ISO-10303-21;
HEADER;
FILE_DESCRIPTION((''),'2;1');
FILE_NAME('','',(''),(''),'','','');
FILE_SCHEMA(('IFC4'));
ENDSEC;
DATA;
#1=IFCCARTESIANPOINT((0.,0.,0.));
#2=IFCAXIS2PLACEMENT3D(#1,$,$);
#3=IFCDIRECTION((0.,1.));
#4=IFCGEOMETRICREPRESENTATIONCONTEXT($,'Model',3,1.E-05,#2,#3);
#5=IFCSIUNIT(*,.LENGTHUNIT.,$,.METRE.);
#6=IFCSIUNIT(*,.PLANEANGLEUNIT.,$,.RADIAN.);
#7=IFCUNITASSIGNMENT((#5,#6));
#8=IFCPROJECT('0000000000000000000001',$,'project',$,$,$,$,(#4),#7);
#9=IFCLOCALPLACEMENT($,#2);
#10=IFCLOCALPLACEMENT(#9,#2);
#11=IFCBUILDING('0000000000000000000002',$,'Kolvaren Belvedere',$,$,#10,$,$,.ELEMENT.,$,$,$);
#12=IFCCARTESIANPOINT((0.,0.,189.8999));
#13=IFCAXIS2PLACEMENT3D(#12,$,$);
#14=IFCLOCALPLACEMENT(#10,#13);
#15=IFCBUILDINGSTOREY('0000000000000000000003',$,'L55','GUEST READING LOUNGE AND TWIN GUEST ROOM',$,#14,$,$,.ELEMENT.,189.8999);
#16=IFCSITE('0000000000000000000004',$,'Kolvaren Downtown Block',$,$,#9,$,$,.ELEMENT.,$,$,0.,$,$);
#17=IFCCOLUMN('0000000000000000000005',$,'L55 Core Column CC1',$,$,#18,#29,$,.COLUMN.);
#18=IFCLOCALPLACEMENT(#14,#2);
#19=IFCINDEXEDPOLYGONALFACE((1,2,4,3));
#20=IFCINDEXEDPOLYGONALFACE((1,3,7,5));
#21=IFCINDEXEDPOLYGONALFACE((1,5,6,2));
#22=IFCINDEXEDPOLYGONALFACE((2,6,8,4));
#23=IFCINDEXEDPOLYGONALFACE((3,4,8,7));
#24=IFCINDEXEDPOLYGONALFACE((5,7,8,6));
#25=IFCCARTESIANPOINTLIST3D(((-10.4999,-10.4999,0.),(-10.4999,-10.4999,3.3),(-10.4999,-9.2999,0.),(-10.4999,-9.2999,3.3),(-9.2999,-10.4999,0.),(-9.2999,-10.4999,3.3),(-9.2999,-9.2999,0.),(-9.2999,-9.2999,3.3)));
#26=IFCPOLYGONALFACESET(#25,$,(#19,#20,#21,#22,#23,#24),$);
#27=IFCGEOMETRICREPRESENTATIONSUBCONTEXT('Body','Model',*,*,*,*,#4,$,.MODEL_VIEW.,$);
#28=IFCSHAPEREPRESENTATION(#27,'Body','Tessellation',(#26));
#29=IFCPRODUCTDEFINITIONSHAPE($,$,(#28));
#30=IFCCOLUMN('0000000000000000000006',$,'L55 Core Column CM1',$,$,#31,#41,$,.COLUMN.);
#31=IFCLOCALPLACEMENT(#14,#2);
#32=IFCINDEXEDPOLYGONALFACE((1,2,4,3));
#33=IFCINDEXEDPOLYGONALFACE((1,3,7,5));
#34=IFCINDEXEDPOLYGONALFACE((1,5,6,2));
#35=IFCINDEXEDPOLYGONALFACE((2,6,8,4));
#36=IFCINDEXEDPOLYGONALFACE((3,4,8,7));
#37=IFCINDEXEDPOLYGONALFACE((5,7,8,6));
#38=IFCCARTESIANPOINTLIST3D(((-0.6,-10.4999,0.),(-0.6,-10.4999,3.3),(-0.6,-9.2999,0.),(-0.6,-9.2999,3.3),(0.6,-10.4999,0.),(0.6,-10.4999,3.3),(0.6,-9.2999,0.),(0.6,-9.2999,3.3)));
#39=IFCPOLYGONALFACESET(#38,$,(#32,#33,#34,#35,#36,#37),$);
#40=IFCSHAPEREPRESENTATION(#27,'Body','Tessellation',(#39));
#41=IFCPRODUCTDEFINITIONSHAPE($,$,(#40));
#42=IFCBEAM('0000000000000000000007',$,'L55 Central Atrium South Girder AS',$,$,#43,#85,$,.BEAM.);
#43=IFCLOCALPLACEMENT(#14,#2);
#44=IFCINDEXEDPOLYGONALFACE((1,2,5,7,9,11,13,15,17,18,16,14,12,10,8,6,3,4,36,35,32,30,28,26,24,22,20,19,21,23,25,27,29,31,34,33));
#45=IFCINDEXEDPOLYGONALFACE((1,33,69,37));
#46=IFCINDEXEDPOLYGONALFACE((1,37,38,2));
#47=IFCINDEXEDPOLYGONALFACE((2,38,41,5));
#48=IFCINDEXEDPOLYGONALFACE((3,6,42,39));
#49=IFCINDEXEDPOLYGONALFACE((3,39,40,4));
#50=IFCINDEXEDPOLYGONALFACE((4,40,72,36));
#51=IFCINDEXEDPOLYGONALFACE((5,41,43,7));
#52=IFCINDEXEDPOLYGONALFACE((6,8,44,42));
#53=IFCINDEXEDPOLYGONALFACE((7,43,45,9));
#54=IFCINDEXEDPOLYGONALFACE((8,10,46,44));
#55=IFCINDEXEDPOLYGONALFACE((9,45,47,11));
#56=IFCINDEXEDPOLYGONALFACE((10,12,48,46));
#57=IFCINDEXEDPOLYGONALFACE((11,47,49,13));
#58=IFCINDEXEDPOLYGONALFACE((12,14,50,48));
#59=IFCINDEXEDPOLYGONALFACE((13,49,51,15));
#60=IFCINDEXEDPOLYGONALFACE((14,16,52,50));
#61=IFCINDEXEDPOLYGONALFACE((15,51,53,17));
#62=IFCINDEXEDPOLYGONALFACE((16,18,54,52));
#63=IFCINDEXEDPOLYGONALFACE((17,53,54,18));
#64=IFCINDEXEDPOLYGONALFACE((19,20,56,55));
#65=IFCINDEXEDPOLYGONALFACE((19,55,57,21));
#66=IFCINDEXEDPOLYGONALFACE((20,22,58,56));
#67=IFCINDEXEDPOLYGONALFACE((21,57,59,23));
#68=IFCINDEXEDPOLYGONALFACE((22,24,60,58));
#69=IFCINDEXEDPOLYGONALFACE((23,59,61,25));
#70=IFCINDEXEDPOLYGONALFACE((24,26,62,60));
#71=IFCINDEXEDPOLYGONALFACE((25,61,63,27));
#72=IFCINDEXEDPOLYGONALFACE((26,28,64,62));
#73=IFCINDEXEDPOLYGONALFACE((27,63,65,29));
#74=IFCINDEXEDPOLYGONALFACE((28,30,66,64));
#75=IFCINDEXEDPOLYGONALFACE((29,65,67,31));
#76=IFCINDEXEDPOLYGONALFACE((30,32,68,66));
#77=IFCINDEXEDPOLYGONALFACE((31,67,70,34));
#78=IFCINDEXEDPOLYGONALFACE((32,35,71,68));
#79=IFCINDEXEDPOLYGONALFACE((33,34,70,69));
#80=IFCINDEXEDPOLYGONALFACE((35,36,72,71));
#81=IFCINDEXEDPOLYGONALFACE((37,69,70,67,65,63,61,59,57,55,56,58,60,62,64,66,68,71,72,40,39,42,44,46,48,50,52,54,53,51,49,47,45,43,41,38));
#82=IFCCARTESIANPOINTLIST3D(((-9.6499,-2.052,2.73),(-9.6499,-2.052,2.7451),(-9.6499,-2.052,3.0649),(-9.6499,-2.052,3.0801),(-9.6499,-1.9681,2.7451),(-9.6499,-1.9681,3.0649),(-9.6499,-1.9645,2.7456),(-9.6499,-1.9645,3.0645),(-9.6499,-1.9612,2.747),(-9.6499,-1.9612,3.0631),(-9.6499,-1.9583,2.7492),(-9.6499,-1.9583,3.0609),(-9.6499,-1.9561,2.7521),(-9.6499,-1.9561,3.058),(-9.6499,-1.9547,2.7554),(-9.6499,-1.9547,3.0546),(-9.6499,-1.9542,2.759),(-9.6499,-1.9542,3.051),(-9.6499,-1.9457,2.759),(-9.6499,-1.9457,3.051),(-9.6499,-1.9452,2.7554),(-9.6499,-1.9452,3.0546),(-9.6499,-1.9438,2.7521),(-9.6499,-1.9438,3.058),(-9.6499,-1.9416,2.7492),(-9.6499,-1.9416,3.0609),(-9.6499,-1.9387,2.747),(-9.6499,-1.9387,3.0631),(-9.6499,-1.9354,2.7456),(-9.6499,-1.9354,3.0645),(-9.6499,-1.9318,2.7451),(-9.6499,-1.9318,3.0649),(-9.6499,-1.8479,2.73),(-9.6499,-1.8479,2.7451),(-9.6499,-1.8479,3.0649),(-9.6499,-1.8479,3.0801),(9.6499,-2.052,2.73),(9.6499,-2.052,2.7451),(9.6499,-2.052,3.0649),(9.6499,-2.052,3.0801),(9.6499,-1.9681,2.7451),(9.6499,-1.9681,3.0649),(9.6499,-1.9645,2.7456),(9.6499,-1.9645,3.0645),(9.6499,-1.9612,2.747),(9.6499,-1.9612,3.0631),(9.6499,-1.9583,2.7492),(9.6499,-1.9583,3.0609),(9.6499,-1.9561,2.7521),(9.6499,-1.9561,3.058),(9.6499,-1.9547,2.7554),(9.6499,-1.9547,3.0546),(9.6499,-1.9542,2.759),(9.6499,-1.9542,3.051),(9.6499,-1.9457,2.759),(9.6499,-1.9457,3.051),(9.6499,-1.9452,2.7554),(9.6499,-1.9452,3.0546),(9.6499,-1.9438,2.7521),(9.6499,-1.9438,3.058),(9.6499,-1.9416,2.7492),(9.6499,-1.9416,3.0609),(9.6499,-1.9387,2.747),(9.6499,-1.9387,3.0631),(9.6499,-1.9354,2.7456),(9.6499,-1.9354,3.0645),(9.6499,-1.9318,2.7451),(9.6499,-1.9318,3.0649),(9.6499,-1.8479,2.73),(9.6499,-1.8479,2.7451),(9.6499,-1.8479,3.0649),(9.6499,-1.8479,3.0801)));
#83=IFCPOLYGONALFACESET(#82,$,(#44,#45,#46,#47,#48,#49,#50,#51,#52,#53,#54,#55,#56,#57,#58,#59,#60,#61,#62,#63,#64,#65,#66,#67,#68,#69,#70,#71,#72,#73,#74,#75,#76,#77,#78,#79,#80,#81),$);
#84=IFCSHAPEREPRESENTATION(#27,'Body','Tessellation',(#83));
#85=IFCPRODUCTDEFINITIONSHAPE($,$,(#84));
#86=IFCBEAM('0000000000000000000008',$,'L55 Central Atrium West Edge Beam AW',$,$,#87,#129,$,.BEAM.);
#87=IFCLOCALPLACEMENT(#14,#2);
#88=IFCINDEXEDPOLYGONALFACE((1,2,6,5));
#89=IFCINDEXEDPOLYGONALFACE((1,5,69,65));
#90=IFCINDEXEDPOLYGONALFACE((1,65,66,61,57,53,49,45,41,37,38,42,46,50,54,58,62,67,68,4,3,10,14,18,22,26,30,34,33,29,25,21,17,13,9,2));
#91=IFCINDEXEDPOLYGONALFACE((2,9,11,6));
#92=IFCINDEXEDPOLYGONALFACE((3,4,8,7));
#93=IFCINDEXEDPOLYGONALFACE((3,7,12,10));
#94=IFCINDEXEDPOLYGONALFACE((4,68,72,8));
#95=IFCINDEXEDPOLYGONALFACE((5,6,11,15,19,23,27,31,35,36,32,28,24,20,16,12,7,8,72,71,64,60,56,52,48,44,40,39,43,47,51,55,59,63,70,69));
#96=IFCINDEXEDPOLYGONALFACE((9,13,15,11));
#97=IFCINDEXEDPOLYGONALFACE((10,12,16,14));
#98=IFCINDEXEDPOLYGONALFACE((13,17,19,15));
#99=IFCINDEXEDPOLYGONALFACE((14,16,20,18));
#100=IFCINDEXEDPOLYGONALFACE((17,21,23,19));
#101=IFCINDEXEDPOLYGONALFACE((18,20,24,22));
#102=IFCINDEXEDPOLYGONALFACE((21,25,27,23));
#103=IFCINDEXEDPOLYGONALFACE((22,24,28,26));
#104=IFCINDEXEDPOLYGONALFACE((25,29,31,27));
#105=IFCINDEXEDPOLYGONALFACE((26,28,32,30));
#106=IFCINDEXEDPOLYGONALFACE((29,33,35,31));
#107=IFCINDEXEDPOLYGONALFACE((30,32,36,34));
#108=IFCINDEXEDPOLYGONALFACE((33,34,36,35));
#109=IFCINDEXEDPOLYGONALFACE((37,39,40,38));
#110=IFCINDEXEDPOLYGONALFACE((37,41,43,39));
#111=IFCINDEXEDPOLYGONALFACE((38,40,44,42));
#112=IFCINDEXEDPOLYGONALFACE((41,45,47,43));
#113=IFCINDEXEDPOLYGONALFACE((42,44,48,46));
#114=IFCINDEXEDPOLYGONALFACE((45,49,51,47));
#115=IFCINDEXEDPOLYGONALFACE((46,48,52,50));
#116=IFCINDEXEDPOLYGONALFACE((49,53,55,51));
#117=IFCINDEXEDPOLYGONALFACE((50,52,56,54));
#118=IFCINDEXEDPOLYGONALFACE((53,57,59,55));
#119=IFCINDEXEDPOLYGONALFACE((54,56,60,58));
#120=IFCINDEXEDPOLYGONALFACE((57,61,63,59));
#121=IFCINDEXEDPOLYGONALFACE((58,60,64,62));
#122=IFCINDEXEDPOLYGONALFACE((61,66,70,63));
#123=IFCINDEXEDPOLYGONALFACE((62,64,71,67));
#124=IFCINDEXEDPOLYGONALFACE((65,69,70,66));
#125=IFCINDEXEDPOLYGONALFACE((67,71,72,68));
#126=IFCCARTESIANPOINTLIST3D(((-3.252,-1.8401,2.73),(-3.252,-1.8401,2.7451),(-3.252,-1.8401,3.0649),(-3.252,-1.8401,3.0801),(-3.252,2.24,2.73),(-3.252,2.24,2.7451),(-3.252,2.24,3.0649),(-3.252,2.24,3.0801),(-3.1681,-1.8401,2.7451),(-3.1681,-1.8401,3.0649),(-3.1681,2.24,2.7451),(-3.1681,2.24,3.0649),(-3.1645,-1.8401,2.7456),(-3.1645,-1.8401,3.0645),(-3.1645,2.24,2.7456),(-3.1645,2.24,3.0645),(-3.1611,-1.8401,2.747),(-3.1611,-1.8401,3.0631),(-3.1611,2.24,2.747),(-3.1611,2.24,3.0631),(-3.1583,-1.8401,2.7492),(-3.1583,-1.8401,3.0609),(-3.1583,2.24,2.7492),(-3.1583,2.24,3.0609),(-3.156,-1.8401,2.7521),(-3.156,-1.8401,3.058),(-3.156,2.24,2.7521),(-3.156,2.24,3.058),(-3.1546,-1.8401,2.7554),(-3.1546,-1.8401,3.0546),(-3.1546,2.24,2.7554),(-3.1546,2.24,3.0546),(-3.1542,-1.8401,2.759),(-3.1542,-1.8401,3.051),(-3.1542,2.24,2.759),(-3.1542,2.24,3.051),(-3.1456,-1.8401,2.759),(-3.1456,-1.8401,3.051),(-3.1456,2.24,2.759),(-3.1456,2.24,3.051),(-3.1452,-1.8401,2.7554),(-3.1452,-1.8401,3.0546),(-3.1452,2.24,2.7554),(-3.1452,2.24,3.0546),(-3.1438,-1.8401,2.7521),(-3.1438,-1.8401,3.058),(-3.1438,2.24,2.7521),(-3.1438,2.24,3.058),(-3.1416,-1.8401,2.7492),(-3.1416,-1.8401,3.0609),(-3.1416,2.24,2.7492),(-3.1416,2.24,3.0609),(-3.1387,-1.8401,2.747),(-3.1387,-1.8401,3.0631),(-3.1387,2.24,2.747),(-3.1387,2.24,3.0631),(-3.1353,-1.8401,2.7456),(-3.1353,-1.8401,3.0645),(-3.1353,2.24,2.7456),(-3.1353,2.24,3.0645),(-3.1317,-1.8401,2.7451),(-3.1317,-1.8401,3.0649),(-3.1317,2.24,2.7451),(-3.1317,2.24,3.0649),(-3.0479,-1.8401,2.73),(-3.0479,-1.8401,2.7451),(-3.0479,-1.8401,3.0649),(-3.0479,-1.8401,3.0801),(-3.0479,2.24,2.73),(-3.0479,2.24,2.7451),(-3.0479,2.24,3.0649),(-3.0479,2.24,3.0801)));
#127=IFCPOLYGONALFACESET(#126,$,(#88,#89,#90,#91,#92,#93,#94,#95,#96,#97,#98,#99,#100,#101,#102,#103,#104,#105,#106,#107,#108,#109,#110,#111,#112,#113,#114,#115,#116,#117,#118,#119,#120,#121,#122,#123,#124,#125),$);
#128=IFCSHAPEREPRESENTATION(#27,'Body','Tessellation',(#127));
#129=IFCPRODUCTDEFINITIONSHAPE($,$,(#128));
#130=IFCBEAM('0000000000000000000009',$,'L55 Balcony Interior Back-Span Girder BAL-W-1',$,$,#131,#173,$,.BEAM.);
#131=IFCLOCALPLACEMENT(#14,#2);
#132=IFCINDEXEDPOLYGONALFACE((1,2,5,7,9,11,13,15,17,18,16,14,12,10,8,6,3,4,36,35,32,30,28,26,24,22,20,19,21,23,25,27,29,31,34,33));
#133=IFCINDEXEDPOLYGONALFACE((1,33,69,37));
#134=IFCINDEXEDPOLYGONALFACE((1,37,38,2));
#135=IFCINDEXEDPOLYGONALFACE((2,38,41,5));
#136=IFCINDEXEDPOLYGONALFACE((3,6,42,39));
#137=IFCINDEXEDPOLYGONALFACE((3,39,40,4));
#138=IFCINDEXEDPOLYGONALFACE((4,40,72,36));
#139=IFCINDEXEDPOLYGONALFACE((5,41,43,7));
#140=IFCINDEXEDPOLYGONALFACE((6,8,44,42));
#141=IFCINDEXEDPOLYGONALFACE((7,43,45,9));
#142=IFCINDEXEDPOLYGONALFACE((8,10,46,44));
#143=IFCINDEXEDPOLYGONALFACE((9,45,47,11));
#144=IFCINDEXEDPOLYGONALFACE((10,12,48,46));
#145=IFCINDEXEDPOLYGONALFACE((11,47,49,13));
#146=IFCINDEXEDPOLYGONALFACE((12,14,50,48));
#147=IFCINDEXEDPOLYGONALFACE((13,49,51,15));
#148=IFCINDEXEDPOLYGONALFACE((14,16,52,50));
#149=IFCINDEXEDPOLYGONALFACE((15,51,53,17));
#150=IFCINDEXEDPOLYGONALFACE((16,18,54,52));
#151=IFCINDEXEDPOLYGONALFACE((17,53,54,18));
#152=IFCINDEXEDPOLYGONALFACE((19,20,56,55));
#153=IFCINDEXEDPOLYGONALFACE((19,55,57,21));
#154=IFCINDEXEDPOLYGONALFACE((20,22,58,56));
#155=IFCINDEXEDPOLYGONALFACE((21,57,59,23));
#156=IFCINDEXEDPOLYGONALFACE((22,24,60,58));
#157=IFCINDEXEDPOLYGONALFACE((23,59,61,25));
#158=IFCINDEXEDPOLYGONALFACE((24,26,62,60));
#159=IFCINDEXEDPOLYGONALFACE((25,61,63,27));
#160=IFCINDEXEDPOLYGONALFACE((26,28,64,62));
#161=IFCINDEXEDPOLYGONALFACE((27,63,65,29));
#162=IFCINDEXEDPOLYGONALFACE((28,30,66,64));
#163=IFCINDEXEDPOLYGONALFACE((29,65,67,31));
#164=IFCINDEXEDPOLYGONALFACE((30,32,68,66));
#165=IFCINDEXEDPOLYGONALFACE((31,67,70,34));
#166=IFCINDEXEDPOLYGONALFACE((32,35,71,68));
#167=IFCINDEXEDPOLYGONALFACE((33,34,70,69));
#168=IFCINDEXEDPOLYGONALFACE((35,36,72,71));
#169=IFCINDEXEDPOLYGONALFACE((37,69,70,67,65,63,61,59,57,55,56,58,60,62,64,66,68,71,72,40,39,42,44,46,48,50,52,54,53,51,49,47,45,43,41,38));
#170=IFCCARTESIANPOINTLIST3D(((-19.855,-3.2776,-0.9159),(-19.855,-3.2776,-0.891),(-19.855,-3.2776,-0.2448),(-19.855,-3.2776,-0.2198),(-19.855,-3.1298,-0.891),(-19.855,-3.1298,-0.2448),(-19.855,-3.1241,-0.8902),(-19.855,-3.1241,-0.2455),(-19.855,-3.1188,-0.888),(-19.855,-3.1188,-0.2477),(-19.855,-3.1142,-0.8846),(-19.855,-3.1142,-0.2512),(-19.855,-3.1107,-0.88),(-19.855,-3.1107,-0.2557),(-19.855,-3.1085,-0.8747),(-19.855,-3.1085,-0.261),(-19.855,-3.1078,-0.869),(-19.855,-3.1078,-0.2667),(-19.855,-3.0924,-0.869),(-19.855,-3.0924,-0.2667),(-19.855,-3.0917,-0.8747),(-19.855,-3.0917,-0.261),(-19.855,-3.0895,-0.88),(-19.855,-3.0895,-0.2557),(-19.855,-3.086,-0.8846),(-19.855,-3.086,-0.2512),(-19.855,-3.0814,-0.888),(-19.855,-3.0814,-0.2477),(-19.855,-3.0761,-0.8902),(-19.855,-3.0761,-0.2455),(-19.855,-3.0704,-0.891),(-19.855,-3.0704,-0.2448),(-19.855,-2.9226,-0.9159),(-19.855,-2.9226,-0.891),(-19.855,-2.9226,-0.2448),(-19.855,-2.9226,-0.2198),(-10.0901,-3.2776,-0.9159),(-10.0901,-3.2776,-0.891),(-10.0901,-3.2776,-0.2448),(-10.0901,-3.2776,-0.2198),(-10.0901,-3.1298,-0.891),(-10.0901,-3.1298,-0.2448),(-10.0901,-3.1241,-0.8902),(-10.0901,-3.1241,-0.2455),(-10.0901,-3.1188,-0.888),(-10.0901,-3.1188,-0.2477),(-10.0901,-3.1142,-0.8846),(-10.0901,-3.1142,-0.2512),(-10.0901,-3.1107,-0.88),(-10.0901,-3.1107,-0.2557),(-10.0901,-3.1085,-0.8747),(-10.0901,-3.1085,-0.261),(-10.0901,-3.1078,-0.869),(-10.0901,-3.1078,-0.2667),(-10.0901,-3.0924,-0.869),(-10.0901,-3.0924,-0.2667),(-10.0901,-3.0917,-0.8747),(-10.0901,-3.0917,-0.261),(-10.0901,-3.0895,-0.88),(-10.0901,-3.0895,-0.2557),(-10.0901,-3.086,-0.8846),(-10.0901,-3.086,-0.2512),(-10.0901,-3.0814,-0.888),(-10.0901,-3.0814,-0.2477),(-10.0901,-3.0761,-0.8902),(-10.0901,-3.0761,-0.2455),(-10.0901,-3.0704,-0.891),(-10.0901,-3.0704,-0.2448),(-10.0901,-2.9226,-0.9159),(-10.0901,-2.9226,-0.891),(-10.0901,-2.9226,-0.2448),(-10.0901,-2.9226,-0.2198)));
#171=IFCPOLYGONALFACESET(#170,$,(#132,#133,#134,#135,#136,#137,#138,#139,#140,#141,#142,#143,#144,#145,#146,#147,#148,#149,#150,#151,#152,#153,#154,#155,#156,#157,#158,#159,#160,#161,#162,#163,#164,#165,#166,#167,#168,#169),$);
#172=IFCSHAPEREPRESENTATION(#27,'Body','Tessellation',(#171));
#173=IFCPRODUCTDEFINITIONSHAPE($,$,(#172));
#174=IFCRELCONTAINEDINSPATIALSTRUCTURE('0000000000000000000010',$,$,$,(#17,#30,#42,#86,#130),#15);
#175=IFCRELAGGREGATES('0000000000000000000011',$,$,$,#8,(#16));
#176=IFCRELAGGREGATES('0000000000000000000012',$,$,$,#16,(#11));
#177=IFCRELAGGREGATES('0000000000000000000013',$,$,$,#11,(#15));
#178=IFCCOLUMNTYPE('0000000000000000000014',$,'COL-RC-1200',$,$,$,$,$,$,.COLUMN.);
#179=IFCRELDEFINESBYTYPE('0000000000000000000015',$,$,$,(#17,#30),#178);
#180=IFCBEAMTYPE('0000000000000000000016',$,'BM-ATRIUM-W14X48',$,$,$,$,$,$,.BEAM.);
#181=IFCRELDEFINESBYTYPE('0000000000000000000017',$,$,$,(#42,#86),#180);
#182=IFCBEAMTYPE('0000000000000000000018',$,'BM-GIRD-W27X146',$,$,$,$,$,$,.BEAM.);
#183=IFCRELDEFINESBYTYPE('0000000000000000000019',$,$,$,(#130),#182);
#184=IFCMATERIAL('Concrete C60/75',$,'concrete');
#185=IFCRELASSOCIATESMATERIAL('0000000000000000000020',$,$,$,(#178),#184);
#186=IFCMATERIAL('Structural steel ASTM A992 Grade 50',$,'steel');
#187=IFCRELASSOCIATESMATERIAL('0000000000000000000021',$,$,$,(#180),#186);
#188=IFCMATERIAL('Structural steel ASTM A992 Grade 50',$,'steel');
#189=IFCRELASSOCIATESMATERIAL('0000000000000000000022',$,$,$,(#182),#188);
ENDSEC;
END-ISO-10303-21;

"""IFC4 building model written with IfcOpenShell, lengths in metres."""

from ifc_helpers import new_model, si_unit, direction, frame, origin, origin_2d, place, context, subcontext, project, spatial, rectangle, i_section, extrude, material, material_profile, profile_set, type_object, element, save


model = new_model("IFC4")

# Units and contexts
model_context = context("Model", 3, precision=1e-05, world=origin(), true_north=direction((0.0, 1.0)))
body_context = subcontext(model_context, "Body", "Model", "MODEL_VIEW")
ifc_project = project(units=[si_unit("LENGTHUNIT", "METRE"), si_unit("PLANEANGLEUNIT", "RADIAN")], contexts=[model_context])

# Site, building, storey
site_placement = place(None, origin())
site = spatial("IfcSite", under=ifc_project, at=site_placement, Name="Kolvaren Downtown Block", CompositionType="ELEMENT", RefElevation=0.0)
building_placement = place(site_placement, origin())
building = spatial("IfcBuilding", under=site, at=building_placement, Name="Kolvaren Belvedere", CompositionType="ELEMENT")
storey_placement = place(building_placement, frame((0.0, 0.0, 189.8999)))
storey = spatial("IfcBuildingStorey", under=building, at=storey_placement, Name="L55", Description="GUEST READING LOUNGE AND TWIN GUEST ROOM", CompositionType="ELEMENT", Elevation=189.8999)

# Columns
ifc_material_1 = material(Name="Concrete C60/75", Category="concrete")
ifc_material_profile_1 = material_profile(ifc_material_1, rectangle(XDim=1.2, YDim=1.2, at=origin_2d()), Name="RC 1200X1200")
ifc_profile_set_1 = profile_set([ifc_material_profile_1], Name="Concrete C60/75")
column_type = type_object("IfcColumnType", Name="COL-RC-1200", PredefinedType="COLUMN", material=ifc_profile_set_1)
for number, where, z_axis, x_axis, name in (
    (1, (-9.8999, -9.8999, 0.0), (0.0, 0.0, 1.0), (1.0, 0.0, 0.0), "L55 Core Column CC1"),
    (2, (0.0, -9.8999, 0.0), (0.0, 0.0, 1.0), (1.0, 0.0, 0.0), "L55 Core Column CM1"),
):
    element("IfcColumn", number, at=place(storey_placement, frame(where, z_axis=z_axis, x_axis=x_axis)), inside=storey, type_object=column_type, Name=name, PredefinedType="COLUMN", context=body_context, shape_type="SweptSolid", body=[
        extrude(rectangle(XDim=1.2, YDim=1.2, at=origin_2d()), origin(), (0.0, 0.0, 1.0), 3.3),
    ])

# Beams
ifc_material_2 = material(Name="Structural steel ASTM A992 Grade 50", Category="steel")
ifc_material_profile_2 = material_profile(ifc_material_2, i_section(OverallWidth=0.2041, OverallDepth=0.3501, WebThickness=0.0085, FlangeThickness=0.0151, FilletRadius=0.0139, at=origin_2d()), Name="W14X48")
ifc_profile_set_2 = profile_set([ifc_material_profile_2], Name="Structural steel ASTM A992 Grade 50")
beam_type_1 = type_object("IfcBeamType", Name="BM-ATRIUM-W14X48", PredefinedType="BEAM", material=ifc_profile_set_2)
beam_1_placement = place(storey_placement, frame((-9.6499, -1.95, 2.905), z_axis=(1.0, 0.0, 0.0), x_axis=(0.0, 1.0, 0.0)))
element("IfcBeam", 3, at=beam_1_placement, inside=storey, type_object=beam_type_1, Name="L55 Central Atrium South Girder AS", PredefinedType="BEAM", context=body_context, shape_type="SweptSolid", body=[
    extrude(i_section(OverallWidth=0.2041, OverallDepth=0.3501, WebThickness=0.0085, FlangeThickness=0.0151, FilletRadius=0.0139, at=origin_2d()), origin(), (0.0, 0.0, 1.0), 19.2998),
])
beam_2_placement = place(storey_placement, frame((-3.1499, -1.8401, 2.905), z_axis=(0.0, 1.0, 0.0), x_axis=(-1.0, 0.0, 0.0)))
element("IfcBeam", 4, at=beam_2_placement, inside=storey, type_object=beam_type_1, Name="L55 Central Atrium West Edge Beam AW", PredefinedType="BEAM", context=body_context, shape_type="SweptSolid", body=[
    extrude(i_section(OverallWidth=0.2041, OverallDepth=0.3501, WebThickness=0.0085, FlangeThickness=0.0151, FilletRadius=0.0139, at=origin_2d()), origin(), (0.0, 0.0, 1.0), 4.0801),
])
ifc_material_3 = material(Name="Structural steel ASTM A992 Grade 50", Category="steel")
ifc_material_profile_3 = material_profile(ifc_material_3, i_section(OverallWidth=0.355, OverallDepth=0.696, WebThickness=0.0154, FlangeThickness=0.0249, FilletRadius=0.022, at=origin_2d()), Name="W27X146")
ifc_profile_set_3 = profile_set([ifc_material_profile_3], Name="Structural steel ASTM A992 Grade 50")
beam_type_2 = type_object("IfcBeamType", Name="BM-GIRD-W27X146", PredefinedType="BEAM", material=ifc_profile_set_3)
beam_3_placement = place(storey_placement, frame((-10.0901, -3.1001, -0.5679), z_axis=(-1.0, 0.0, 0.0), x_axis=(0.0, -1.0, 0.0)))
element("IfcBeam", 5, at=beam_3_placement, inside=storey, type_object=beam_type_2, Name="L55 Balcony Interior Back-Span Girder BAL-W-1", PredefinedType="BEAM", context=body_context, shape_type="SweptSolid", body=[
    extrude(i_section(OverallWidth=0.355, OverallDepth=0.696, WebThickness=0.0154, FlangeThickness=0.0249, FilletRadius=0.022, at=origin_2d()), origin(), (0.0, 0.0, 1.0), 9.7649),
])

save(model, "model.ifc")
